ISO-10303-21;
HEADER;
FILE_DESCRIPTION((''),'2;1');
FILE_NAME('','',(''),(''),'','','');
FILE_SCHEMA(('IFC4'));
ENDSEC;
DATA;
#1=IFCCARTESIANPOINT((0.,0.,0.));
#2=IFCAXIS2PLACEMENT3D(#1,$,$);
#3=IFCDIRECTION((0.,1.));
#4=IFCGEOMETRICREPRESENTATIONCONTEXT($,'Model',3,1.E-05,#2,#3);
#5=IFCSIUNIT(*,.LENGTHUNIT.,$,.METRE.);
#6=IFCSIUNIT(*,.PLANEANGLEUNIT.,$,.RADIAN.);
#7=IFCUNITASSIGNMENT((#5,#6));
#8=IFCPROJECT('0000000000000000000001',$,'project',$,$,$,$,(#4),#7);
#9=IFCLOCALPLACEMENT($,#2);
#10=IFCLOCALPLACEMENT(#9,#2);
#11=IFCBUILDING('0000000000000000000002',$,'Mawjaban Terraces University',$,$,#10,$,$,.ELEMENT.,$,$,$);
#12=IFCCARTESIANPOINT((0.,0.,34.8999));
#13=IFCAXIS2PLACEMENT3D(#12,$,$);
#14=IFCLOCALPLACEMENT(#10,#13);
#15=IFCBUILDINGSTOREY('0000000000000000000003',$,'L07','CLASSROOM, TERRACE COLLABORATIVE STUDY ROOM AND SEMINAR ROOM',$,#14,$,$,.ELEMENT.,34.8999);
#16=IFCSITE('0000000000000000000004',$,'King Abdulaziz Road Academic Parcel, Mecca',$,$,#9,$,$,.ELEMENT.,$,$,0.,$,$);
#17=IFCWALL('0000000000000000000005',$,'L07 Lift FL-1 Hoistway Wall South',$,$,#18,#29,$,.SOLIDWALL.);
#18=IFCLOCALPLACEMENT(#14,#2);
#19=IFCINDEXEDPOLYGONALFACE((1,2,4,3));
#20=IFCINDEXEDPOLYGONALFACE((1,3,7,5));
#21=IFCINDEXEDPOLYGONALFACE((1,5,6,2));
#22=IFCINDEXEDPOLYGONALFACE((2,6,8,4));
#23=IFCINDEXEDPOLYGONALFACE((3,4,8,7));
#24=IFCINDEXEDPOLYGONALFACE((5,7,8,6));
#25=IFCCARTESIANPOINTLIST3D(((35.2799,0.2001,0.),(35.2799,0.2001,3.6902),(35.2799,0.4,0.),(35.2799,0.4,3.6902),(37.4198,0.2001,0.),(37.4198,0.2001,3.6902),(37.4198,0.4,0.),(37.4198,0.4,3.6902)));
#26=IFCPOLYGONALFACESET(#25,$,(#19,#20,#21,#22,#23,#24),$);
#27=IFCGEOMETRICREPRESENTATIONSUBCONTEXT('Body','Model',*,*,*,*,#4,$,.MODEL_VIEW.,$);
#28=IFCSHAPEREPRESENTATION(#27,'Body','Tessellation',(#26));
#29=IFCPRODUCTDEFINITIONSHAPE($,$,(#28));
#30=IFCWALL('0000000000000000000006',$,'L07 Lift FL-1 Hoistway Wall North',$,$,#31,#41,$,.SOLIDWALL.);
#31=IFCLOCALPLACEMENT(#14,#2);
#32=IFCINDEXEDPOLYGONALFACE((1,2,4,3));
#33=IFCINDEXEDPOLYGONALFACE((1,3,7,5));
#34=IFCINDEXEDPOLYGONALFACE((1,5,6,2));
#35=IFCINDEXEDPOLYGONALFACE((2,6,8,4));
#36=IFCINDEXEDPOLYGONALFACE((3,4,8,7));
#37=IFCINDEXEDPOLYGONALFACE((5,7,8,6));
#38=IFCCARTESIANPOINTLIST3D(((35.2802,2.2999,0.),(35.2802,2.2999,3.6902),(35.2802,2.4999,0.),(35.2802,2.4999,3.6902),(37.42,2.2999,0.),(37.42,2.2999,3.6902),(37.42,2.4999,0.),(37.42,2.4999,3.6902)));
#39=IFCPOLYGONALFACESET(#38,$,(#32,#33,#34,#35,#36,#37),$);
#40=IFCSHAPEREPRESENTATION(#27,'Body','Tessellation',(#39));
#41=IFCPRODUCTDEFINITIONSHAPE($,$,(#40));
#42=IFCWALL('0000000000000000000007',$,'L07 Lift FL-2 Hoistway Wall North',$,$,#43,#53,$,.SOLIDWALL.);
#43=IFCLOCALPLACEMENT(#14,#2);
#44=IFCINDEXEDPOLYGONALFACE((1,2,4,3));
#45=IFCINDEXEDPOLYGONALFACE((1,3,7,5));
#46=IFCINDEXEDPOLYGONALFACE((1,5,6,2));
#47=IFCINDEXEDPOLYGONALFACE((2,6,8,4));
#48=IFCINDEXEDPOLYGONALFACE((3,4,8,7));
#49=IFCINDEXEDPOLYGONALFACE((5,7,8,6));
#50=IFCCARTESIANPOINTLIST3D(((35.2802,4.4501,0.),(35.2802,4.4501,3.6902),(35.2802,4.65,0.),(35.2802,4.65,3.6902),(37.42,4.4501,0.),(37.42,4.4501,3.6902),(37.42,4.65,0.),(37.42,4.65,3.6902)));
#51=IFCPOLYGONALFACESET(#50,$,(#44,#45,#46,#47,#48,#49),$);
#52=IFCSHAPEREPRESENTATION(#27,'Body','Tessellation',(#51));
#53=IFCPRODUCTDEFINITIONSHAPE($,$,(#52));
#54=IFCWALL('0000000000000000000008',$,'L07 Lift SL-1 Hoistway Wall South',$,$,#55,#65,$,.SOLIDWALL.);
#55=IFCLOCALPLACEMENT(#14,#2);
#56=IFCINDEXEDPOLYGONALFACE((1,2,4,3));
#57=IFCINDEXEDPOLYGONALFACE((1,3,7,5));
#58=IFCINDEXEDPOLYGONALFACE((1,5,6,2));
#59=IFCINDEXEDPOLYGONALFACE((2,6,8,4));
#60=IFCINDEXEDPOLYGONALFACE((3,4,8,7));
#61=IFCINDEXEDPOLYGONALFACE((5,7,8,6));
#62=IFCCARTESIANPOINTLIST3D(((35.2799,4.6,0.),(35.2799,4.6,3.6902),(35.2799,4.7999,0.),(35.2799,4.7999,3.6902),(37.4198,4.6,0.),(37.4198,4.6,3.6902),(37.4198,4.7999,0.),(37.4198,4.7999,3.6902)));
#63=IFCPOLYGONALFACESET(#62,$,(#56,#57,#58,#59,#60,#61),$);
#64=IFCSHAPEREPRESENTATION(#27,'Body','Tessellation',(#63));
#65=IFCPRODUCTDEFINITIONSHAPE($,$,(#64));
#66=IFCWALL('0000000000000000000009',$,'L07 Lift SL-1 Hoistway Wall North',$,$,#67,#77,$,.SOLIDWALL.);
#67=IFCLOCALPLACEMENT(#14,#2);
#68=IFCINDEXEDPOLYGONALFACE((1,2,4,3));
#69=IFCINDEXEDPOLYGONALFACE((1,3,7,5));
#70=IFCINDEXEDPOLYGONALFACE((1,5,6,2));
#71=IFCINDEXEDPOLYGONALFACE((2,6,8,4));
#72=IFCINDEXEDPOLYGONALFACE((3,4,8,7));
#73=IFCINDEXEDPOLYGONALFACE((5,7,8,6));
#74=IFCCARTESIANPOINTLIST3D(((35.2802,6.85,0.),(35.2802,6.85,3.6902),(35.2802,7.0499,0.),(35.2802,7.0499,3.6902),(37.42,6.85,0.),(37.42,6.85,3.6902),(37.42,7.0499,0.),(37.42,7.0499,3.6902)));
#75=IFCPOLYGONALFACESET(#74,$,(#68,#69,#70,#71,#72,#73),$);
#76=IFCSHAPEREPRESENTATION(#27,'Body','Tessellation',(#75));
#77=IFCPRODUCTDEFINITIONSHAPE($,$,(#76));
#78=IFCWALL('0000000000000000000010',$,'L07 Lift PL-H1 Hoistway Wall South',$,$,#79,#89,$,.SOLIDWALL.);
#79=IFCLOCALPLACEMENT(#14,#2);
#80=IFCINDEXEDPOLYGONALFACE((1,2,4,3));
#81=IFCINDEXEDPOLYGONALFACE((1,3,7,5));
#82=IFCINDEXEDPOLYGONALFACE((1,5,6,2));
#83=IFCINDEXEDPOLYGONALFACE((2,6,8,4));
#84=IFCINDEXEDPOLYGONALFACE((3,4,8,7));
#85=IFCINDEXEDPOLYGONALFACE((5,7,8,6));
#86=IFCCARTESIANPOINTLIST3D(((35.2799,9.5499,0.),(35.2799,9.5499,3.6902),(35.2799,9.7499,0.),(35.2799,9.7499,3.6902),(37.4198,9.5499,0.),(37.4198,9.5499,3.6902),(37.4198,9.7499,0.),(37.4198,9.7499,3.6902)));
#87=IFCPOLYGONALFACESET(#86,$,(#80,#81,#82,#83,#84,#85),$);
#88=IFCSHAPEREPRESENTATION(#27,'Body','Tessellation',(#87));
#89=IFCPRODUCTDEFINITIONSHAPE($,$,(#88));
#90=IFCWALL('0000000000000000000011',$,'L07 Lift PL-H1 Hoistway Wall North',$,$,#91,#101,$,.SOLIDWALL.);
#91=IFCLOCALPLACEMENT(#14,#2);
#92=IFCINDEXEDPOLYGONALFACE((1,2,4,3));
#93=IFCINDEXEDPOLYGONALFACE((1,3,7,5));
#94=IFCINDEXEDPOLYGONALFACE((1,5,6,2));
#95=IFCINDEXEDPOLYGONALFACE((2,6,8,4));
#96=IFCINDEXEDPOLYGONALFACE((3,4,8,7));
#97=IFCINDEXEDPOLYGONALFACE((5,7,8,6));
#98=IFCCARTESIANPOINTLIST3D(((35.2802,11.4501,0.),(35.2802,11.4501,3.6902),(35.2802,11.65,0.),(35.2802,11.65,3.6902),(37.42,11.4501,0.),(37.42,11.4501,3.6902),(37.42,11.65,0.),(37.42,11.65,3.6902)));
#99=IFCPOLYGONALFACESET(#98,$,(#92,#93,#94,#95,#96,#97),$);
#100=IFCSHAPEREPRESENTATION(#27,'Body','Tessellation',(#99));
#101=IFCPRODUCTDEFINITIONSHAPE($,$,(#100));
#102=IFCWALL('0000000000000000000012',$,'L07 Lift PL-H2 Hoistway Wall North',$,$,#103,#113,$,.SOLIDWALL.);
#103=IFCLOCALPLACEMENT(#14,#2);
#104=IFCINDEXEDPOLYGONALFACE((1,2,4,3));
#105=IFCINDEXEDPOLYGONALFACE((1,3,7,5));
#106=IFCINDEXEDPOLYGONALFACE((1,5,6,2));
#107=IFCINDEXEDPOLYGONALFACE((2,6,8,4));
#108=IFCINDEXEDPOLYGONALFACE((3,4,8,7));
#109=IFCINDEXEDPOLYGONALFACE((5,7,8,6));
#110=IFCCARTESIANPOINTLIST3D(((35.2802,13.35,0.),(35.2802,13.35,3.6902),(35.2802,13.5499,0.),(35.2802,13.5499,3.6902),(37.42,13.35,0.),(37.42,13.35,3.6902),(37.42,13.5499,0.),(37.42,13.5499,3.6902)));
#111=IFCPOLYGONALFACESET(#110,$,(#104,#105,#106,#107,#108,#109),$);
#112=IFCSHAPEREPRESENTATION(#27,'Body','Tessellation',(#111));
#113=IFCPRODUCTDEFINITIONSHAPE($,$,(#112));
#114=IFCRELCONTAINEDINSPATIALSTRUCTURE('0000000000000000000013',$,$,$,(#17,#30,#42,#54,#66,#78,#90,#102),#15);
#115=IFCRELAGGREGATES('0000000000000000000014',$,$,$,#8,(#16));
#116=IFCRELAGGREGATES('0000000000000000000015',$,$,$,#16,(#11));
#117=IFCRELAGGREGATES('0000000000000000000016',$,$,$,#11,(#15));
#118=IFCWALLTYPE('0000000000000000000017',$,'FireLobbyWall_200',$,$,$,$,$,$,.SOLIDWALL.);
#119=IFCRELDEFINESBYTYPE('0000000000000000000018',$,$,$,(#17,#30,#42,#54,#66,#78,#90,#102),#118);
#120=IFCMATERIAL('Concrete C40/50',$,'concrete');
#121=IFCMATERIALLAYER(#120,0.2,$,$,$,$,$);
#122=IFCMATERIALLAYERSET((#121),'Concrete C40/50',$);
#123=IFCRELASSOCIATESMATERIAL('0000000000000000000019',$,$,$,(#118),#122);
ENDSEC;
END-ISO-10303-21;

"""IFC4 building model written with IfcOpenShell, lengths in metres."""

from ifc_helpers import new_model, si_unit, direction, frame, frame_2d, origin, place, context, subcontext, project, spatial, rectangle, extrude, material, layer, layer_set, type_object, element, save


model = new_model("IFC4")

# Units and contexts
model_context = context("Model", 3, precision=1e-05, world=origin(), true_north=direction((0.0, 1.0)))
body_context = subcontext(model_context, "Body", "Model", "MODEL_VIEW")
ifc_project = project(units=[si_unit("LENGTHUNIT", "METRE"), si_unit("PLANEANGLEUNIT", "RADIAN")], contexts=[model_context])

# Site, building, storey
site_placement = place(None, origin())
site = spatial("IfcSite", under=ifc_project, at=site_placement, Name="King Abdulaziz Road Academic Parcel, Mecca", CompositionType="ELEMENT", RefElevation=0.0)
building_placement = place(site_placement, origin())
building = spatial("IfcBuilding", under=site, at=building_placement, Name="Mawjaban Terraces University", CompositionType="ELEMENT")
storey_placement = place(building_placement, frame((0.0, 0.0, 34.8999)))
storey = spatial("IfcBuildingStorey", under=building, at=storey_placement, Name="L07", Description="CLASSROOM, TERRACE COLLABORATIVE STUDY ROOM AND SEMINAR ROOM", CompositionType="ELEMENT", Elevation=34.8999)

# Walls
ifc_material_1 = material(Name="Concrete C40/50", Category="concrete")
ifc_layer_1 = layer(ifc_material_1, 0.2)
ifc_layer_set_1 = layer_set([ifc_layer_1], Name="Concrete C40/50")
wall_type_1 = type_object("IfcWallType", Name="FireLobbyWall_200", PredefinedType="SOLIDWALL", material=ifc_layer_set_1)
for number, where, z_axis, x_axis, name in (
    (1, (35.28, 0.3, 0.0), (0.0, 0.0, 1.0), (1.0, 0.0, 0.0), "L07 Lift FL-1 Hoistway Wall South"),
    (2, (37.4199, 2.3999, 0.0), (0.0, 0.0, 1.0), (-1.0, 0.0, 0.0), "L07 Lift FL-1 Hoistway Wall North"),
    (3, (37.4199, 4.55, 0.0), (0.0, 0.0, 1.0), (-1.0, 0.0, 0.0), "L07 Lift FL-2 Hoistway Wall North"),
    (4, (35.28, 4.7, 0.0), (0.0, 0.0, 1.0), (1.0, 0.0, 0.0), "L07 Lift SL-1 Hoistway Wall South"),
    (5, (37.4199, 6.95, 0.0), (0.0, 0.0, 1.0), (-1.0, 0.0, 0.0), "L07 Lift SL-1 Hoistway Wall North"),
    (6, (35.28, 9.6499, 0.0), (0.0, 0.0, 1.0), (1.0, 0.0, 0.0), "L07 Lift PL-H1 Hoistway Wall South"),
    (7, (37.4199, 11.55, 0.0), (0.0, 0.0, 1.0), (-1.0, 0.0, 0.0), "L07 Lift PL-H1 Hoistway Wall North"),
    (8, (37.4199, 13.45, 0.0), (0.0, 0.0, 1.0), (-1.0, 0.0, 0.0), "L07 Lift PL-H2 Hoistway Wall North"),
):
    element("IfcWall", number, at=place(storey_placement, frame(where, z_axis=z_axis, x_axis=x_axis)), inside=storey, type_object=wall_type_1, Name=name, PredefinedType="SOLIDWALL", context=body_context, shape_type="SweptSolid", body=[
        extrude(rectangle(XDim=2.1399, YDim=0.2, at=frame_2d((1.0698, 0.0))), origin(), (0.0, 0.0, 1.0), 3.6902),
    ])

save(model, "model.ifc")
